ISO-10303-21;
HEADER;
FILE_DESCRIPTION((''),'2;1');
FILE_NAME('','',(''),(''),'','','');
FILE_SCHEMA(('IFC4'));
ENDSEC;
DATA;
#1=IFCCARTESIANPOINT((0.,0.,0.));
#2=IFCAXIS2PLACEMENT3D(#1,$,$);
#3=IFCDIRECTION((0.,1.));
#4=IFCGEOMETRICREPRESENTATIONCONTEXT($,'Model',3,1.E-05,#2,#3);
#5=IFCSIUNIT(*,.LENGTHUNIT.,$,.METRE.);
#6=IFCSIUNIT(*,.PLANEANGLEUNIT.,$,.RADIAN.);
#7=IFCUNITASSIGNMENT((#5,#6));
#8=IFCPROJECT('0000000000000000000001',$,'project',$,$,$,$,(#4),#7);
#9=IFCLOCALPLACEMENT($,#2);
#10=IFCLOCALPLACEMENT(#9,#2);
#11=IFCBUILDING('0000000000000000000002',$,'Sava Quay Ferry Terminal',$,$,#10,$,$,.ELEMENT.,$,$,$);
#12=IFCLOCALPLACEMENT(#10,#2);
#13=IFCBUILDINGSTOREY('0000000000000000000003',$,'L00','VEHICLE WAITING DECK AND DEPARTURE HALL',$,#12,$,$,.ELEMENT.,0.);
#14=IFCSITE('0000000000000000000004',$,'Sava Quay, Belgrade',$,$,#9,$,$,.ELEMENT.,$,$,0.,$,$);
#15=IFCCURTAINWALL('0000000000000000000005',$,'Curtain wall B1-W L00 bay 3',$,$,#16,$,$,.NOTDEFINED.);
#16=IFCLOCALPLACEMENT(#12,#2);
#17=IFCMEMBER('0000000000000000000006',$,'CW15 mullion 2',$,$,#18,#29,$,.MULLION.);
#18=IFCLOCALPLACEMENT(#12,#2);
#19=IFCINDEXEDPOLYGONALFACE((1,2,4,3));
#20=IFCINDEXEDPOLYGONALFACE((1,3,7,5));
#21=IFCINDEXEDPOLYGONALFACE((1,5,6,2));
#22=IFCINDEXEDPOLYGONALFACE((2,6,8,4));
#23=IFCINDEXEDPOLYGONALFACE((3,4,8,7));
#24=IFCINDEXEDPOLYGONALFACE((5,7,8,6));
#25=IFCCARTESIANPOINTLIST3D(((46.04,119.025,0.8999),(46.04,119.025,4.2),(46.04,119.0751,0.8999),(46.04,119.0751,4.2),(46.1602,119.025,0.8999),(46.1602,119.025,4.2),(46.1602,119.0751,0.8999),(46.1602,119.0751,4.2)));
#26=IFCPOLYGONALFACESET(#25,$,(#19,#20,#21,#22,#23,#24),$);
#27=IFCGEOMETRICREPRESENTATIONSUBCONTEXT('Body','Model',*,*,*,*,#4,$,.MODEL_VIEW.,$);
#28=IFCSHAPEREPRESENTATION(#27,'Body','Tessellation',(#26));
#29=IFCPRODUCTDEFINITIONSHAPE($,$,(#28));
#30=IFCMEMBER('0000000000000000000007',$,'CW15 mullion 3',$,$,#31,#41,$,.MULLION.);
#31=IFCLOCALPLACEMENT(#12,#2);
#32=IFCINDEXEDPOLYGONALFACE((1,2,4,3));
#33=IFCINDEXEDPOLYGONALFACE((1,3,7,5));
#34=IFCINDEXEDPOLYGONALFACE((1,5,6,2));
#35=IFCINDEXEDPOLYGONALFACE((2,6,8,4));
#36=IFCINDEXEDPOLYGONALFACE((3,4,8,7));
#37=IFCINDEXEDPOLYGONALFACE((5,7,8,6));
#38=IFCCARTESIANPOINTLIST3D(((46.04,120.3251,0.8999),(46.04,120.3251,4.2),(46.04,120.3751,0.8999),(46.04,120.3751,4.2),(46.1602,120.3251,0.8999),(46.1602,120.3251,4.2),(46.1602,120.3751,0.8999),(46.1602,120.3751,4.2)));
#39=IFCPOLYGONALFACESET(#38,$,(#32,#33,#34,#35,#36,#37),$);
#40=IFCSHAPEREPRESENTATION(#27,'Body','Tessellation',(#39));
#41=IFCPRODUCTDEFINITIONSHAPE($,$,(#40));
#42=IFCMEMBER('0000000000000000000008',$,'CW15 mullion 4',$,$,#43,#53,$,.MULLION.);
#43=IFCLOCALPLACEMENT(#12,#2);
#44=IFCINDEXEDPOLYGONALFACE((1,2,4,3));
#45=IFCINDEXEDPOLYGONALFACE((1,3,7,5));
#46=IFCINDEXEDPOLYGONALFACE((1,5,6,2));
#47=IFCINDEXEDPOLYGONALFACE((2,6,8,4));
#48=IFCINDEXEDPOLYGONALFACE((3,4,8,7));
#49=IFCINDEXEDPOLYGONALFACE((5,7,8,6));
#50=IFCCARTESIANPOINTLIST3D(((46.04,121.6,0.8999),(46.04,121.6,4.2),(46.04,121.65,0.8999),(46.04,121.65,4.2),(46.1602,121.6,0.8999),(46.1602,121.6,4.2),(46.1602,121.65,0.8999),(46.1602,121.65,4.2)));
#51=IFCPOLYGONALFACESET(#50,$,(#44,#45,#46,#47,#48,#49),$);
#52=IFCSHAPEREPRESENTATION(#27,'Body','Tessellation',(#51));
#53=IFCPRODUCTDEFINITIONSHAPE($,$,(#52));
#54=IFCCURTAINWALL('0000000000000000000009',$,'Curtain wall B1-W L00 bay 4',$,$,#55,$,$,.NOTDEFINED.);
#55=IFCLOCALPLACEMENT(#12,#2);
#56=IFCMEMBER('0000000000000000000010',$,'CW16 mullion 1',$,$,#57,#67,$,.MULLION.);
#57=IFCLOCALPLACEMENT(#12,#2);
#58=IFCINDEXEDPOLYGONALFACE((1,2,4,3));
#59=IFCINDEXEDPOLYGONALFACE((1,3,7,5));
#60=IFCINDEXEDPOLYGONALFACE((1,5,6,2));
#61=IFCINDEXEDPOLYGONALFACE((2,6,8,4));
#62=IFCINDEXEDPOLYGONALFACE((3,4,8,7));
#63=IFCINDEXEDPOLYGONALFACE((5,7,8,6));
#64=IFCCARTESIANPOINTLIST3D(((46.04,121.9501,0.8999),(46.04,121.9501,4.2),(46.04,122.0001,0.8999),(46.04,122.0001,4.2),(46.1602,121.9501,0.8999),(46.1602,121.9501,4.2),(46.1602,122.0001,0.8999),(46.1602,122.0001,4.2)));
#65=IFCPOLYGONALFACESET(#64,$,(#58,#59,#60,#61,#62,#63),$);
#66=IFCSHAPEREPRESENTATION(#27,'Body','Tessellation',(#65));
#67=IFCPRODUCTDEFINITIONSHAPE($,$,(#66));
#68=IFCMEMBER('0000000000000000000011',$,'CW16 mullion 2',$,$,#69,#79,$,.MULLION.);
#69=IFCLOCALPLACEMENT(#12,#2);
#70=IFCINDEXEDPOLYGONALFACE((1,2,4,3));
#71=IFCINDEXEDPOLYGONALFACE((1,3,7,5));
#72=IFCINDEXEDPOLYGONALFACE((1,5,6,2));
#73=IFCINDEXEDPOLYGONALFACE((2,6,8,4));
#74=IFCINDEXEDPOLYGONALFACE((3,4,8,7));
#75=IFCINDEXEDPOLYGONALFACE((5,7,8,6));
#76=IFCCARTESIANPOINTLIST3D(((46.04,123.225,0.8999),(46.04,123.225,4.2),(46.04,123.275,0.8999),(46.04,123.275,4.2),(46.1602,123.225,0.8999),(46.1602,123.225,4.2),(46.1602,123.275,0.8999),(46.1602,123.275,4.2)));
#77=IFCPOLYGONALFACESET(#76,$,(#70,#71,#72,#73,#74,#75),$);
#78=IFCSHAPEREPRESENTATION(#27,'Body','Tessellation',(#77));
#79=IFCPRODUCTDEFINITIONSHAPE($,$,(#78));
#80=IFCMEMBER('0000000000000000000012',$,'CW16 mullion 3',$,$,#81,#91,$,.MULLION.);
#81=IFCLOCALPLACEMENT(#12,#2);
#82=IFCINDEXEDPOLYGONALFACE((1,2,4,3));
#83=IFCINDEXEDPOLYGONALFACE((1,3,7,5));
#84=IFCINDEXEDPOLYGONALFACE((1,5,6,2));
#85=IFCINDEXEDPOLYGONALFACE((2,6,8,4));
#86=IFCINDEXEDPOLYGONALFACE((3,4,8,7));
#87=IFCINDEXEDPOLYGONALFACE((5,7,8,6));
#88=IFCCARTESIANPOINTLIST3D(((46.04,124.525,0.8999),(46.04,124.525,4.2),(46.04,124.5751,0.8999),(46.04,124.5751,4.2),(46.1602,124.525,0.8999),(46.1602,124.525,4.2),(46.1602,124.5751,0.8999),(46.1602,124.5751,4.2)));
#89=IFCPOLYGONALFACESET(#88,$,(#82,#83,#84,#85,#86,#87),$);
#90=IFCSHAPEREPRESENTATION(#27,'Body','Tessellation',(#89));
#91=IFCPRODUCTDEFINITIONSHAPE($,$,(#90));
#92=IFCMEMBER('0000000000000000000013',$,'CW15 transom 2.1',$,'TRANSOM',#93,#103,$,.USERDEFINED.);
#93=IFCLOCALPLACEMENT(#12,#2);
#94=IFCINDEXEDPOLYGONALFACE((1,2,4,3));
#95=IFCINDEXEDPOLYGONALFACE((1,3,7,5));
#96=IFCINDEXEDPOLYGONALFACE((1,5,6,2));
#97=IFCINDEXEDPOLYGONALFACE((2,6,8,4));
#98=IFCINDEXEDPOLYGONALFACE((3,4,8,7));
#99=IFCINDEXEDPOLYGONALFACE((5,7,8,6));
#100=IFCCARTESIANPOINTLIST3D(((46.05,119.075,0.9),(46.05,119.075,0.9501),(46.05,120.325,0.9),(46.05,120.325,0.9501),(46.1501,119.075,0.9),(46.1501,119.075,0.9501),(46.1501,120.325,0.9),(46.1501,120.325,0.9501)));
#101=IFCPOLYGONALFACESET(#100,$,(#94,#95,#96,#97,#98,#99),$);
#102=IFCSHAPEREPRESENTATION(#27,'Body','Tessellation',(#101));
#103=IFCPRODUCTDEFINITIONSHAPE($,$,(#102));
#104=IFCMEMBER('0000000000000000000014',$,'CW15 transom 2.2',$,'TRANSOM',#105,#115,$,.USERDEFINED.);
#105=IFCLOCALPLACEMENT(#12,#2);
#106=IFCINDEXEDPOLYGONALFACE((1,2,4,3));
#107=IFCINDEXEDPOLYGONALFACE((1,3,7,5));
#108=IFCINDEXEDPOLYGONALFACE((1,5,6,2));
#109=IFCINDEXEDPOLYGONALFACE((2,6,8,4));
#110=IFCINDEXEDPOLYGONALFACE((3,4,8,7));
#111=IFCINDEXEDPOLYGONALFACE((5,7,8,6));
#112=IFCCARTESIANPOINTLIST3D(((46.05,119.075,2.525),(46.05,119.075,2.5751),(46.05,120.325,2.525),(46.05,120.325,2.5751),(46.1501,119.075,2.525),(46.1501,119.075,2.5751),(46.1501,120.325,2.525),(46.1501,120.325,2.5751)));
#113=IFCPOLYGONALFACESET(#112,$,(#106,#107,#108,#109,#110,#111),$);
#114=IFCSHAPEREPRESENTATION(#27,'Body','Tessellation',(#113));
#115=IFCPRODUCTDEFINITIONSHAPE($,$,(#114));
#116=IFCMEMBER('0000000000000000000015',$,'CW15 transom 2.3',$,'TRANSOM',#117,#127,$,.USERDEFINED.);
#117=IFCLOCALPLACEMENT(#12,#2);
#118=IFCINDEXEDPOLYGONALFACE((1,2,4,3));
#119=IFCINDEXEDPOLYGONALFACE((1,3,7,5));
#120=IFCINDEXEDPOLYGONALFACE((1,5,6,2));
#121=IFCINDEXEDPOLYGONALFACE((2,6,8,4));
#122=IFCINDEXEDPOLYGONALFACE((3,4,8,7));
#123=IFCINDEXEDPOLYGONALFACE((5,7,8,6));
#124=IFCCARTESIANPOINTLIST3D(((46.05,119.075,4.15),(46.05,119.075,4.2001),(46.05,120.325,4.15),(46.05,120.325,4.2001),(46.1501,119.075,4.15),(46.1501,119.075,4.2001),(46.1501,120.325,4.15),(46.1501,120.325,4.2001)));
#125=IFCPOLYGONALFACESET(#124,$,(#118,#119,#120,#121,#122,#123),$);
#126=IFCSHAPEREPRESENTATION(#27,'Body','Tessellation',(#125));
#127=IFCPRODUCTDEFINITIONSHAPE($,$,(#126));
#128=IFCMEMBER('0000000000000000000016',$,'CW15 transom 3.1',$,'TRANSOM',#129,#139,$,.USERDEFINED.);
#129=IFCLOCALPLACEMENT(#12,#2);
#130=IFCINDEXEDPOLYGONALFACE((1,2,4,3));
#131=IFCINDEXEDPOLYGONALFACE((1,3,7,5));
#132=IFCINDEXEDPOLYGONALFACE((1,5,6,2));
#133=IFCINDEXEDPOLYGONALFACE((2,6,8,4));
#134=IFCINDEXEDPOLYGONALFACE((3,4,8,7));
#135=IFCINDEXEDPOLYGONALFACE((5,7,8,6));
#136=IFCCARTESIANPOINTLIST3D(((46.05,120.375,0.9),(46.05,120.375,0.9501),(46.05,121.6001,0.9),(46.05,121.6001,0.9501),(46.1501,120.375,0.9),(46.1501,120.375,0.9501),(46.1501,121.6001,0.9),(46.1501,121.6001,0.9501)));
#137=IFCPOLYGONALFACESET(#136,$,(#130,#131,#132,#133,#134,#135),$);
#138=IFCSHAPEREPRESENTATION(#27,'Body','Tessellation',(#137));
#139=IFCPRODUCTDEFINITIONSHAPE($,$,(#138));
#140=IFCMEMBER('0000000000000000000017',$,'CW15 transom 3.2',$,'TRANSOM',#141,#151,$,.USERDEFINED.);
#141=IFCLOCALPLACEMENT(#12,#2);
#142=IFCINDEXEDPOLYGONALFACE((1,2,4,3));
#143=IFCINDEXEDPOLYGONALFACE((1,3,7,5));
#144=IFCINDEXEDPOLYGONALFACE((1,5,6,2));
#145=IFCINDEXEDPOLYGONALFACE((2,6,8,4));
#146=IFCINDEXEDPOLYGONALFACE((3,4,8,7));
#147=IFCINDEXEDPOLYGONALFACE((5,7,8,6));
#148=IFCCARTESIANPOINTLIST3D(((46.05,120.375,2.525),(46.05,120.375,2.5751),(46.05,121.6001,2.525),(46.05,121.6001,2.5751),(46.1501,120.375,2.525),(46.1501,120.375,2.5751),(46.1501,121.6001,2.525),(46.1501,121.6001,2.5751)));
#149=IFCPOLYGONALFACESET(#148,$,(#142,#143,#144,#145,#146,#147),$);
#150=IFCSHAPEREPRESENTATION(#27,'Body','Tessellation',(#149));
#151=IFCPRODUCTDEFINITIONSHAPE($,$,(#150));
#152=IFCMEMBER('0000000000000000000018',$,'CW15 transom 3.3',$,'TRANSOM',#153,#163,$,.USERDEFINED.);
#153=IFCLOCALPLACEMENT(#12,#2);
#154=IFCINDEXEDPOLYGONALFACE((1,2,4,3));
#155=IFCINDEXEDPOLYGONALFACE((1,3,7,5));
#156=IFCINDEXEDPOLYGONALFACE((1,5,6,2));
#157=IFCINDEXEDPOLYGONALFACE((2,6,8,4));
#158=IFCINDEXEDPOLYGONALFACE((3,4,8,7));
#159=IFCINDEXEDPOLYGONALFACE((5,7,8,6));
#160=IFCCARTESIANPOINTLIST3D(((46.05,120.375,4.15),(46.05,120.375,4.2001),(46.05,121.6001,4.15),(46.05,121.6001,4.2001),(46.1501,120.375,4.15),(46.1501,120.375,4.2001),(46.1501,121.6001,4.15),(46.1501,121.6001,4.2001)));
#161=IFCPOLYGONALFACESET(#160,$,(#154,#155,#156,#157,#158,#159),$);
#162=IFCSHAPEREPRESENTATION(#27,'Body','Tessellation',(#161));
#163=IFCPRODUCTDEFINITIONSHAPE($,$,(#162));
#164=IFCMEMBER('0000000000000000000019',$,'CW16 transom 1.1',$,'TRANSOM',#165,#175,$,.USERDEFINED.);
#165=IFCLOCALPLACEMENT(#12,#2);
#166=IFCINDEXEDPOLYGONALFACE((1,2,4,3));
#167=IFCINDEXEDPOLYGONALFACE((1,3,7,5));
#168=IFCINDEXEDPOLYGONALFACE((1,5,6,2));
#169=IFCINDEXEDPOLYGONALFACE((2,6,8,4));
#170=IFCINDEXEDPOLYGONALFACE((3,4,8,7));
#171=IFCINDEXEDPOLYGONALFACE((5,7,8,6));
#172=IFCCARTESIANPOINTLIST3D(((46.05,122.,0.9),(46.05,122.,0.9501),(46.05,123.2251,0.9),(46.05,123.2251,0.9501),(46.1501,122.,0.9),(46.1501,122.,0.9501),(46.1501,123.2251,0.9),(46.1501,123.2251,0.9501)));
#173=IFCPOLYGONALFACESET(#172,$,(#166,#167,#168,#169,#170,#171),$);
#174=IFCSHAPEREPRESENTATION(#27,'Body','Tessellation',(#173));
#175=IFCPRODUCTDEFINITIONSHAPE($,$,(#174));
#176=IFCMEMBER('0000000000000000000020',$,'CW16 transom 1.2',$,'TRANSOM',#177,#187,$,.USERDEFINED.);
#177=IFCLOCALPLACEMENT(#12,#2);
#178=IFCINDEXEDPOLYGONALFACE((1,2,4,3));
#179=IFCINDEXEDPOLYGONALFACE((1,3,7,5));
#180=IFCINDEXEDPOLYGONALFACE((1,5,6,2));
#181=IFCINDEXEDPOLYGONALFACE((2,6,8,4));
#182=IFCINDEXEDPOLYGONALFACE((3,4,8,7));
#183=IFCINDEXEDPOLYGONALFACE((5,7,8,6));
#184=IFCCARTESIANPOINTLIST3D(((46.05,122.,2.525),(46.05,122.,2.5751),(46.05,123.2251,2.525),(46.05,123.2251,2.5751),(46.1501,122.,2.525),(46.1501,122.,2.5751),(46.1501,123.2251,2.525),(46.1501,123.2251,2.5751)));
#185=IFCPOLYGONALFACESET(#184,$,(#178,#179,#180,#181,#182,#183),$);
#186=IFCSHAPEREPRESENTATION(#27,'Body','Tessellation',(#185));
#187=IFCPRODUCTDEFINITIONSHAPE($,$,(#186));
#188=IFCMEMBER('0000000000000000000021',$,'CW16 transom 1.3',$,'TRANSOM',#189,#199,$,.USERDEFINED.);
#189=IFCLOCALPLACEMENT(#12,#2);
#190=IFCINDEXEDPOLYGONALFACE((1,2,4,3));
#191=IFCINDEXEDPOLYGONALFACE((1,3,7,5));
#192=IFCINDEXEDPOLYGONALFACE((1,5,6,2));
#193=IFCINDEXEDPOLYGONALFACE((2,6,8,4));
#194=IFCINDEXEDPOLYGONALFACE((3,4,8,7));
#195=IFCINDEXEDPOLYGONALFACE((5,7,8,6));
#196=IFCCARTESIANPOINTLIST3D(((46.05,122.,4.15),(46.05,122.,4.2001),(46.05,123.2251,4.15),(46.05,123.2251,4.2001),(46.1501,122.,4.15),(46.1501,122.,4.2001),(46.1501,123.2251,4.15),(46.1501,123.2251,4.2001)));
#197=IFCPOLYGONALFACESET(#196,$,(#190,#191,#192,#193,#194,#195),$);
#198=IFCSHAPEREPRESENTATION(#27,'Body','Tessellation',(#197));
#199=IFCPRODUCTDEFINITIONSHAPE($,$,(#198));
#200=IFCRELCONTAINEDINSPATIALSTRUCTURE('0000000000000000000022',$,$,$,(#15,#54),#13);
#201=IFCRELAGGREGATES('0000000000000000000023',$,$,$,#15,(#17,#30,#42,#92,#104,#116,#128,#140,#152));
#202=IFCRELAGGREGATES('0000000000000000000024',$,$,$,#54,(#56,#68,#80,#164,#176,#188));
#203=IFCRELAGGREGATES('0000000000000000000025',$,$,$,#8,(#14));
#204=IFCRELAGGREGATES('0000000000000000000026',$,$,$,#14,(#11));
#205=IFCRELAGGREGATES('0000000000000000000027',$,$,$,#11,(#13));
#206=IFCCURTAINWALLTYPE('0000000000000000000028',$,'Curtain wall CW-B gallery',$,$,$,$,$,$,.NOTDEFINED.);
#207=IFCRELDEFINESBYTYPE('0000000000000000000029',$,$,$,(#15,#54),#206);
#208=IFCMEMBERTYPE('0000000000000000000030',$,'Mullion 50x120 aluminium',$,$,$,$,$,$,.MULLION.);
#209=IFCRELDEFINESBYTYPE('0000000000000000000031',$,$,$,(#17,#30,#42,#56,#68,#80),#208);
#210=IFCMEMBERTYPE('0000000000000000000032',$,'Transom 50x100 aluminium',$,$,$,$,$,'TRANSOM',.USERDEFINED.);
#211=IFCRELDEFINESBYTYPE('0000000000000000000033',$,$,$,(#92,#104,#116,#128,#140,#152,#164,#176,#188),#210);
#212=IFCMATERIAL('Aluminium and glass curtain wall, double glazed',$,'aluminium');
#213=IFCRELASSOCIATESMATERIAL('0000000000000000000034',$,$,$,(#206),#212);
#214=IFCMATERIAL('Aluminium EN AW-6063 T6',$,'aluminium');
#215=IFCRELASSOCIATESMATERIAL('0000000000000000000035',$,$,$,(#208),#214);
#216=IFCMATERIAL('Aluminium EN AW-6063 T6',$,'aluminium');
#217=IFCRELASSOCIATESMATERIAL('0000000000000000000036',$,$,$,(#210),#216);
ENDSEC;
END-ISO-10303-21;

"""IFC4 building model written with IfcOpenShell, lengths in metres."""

from ifc_helpers import new_model, si_unit, direction, frame, origin, origin_2d, place, context, subcontext, project, spatial, rectangle, extrude, material, material_profile, profile_set, type_object, element, aggregate, save


model = new_model("IFC4")

# Units and contexts
model_context = context("Model", 3, precision=1e-05, world=origin(), true_north=direction((0.0, 1.0)))
body_context = subcontext(model_context, "Body", "Model", "MODEL_VIEW")
ifc_project = project(units=[si_unit("LENGTHUNIT", "METRE"), si_unit("PLANEANGLEUNIT", "RADIAN")], contexts=[model_context])

# Site, building, storey
site_placement = place(None, origin())
site = spatial("IfcSite", under=ifc_project, at=site_placement, Name="Sava Quay, Belgrade", CompositionType="ELEMENT", RefElevation=0.0)
building_placement = place(site_placement, origin())
building = spatial("IfcBuilding", under=site, at=building_placement, Name="Sava Quay Ferry Terminal", CompositionType="ELEMENT")
storey_placement = place(building_placement, origin())
storey = spatial("IfcBuildingStorey", under=building, at=storey_placement, Name="L00", Description="VEHICLE WAITING DECK AND DEPARTURE HALL", CompositionType="ELEMENT", Elevation=0.0)

# Curtain walls, members
ifc_material_1 = material(Name="Aluminium and glass curtain wall, double glazed", Category="aluminium")
curtain_wall_type = type_object("IfcCurtainWallType", Name="Curtain wall CW-B gallery", PredefinedType="NOTDEFINED", material=ifc_material_1)
curtain_wall_1_placement = place(storey_placement, origin())
curtain_wall_1 = element("IfcCurtainWall", 1, at=curtain_wall_1_placement, inside=storey, type_object=curtain_wall_type, Name="Curtain wall B1-W L00 bay 3", PredefinedType="NOTDEFINED")
ifc_material_2 = material(Name="Aluminium EN AW-6063 T6", Category="aluminium")
ifc_material_profile_1 = material_profile(ifc_material_2, rectangle(XDim=0.1201, YDim=0.05, at=origin_2d()), Name="Mullion 50x120 aluminium")
ifc_profile_set_1 = profile_set([ifc_material_profile_1], Name="Aluminium EN AW-6063 T6")
member_type_1 = type_object("IfcMemberType", Name="Mullion 50x120 aluminium", PredefinedType="MULLION", material=ifc_profile_set_1)
member_1_placement = place(storey_placement, frame((46.1001, 119.05, 0.8999), z_axis=(0.0, 0.0, 1.0), x_axis=(-1.0, 0.0, 0.0)))
member_1 = element("IfcMember", 2, at=member_1_placement, type_object=member_type_1, Name="CW15 mullion 2", PredefinedType="MULLION", context=body_context, shape_type="SweptSolid", body=[
    extrude(rectangle(XDim=0.1201, YDim=0.05, at=origin_2d()), origin(), (0.0, 0.0, 1.0), 3.3),
])
member_2_placement = place(storey_placement, frame((46.1001, 120.3501, 0.8999), z_axis=(0.0, 0.0, 1.0), x_axis=(-1.0, 0.0, 0.0)))
member_2 = element("IfcMember", 3, at=member_2_placement, type_object=member_type_1, Name="CW15 mullion 3", PredefinedType="MULLION", context=body_context, shape_type="SweptSolid", body=[
    extrude(rectangle(XDim=0.1201, YDim=0.05, at=origin_2d()), origin(), (0.0, 0.0, 1.0), 3.3),
])
member_3_placement = place(storey_placement, frame((46.1001, 121.625, 0.8999), z_axis=(0.0, 0.0, 1.0), x_axis=(-1.0, 0.0, 0.0)))
member_3 = element("IfcMember", 4, at=member_3_placement, type_object=member_type_1, Name="CW15 mullion 4", PredefinedType="MULLION", context=body_context, shape_type="SweptSolid", body=[
    extrude(rectangle(XDim=0.1201, YDim=0.05, at=origin_2d()), origin(), (0.0, 0.0, 1.0), 3.3),
])
curtain_wall_2_placement = place(storey_placement, origin())
curtain_wall_2 = element("IfcCurtainWall", 5, at=curtain_wall_2_placement, inside=storey, type_object=curtain_wall_type, Name="Curtain wall B1-W L00 bay 4", PredefinedType="NOTDEFINED")
member_4_placement = place(storey_placement, frame((46.1001, 121.9751, 0.8999), z_axis=(0.0, 0.0, 1.0), x_axis=(-1.0, 0.0, 0.0)))
member_4 = element("IfcMember", 6, at=member_4_placement, type_object=member_type_1, Name="CW16 mullion 1", PredefinedType="MULLION", context=body_context, shape_type="SweptSolid", body=[
    extrude(rectangle(XDim=0.1201, YDim=0.05, at=origin_2d()), origin(), (0.0, 0.0, 1.0), 3.3),
])
member_5_placement = place(storey_placement, frame((46.1001, 123.25, 0.8999), z_axis=(0.0, 0.0, 1.0), x_axis=(-1.0, 0.0, 0.0)))
member_5 = element("IfcMember", 7, at=member_5_placement, type_object=member_type_1, Name="CW16 mullion 2", PredefinedType="MULLION", context=body_context, shape_type="SweptSolid", body=[
    extrude(rectangle(XDim=0.1201, YDim=0.05, at=origin_2d()), origin(), (0.0, 0.0, 1.0), 3.3),
])
member_6_placement = place(storey_placement, frame((46.1001, 124.55, 0.8999), z_axis=(0.0, 0.0, 1.0), x_axis=(-1.0, 0.0, 0.0)))
member_6 = element("IfcMember", 8, at=member_6_placement, type_object=member_type_1, Name="CW16 mullion 3", PredefinedType="MULLION", context=body_context, shape_type="SweptSolid", body=[
    extrude(rectangle(XDim=0.1201, YDim=0.05, at=origin_2d()), origin(), (0.0, 0.0, 1.0), 3.3),
])

# Members
ifc_material_3 = material(Name="Aluminium EN AW-6063 T6", Category="aluminium")
ifc_material_profile_2 = material_profile(ifc_material_3, rectangle(XDim=0.1001, YDim=0.05, at=origin_2d()), Name="Transom 50x100 aluminium")
ifc_profile_set_2 = profile_set([ifc_material_profile_2], Name="Aluminium EN AW-6063 T6")
member_type_2 = type_object("IfcMemberType", Name="Transom 50x100 aluminium", ElementType="TRANSOM", PredefinedType="USERDEFINED", material=ifc_profile_set_2)
member_7_placement = place(storey_placement, frame((46.1001, 119.075, 0.925), z_axis=(0.0, 1.0, 0.0), x_axis=(-1.0, 0.0, 0.0)))
member_7 = element("IfcMember", 9, at=member_7_placement, type_object=member_type_2, Name="CW15 transom 2.1", ObjectType="TRANSOM", PredefinedType="USERDEFINED", context=body_context, shape_type="SweptSolid", body=[
    extrude(rectangle(XDim=0.1001, YDim=0.05, at=origin_2d()), origin(), (0.0, 0.0, 1.0), 1.25),
])
member_8_placement = place(storey_placement, frame((46.1001, 119.075, 2.55), z_axis=(0.0, 1.0, 0.0), x_axis=(-1.0, 0.0, 0.0)))
member_8 = element("IfcMember", 10, at=member_8_placement, type_object=member_type_2, Name="CW15 transom 2.2", ObjectType="TRANSOM", PredefinedType="USERDEFINED", context=body_context, shape_type="SweptSolid", body=[
    extrude(rectangle(XDim=0.1001, YDim=0.05, at=origin_2d()), origin(), (0.0, 0.0, 1.0), 1.25),
])
member_9_placement = place(storey_placement, frame((46.1001, 119.075, 4.175), z_axis=(0.0, 1.0, 0.0), x_axis=(-1.0, 0.0, 0.0)))
member_9 = element("IfcMember", 11, at=member_9_placement, type_object=member_type_2, Name="CW15 transom 2.3", ObjectType="TRANSOM", PredefinedType="USERDEFINED", context=body_context, shape_type="SweptSolid", body=[
    extrude(rectangle(XDim=0.1001, YDim=0.05, at=origin_2d()), origin(), (0.0, 0.0, 1.0), 1.25),
])
member_10_placement = place(storey_placement, frame((46.1001, 120.375, 0.925), z_axis=(0.0, 1.0, 0.0), x_axis=(-1.0, 0.0, 0.0)))
member_10 = element("IfcMember", 12, at=member_10_placement, type_object=member_type_2, Name="CW15 transom 3.1", ObjectType="TRANSOM", PredefinedType="USERDEFINED", context=body_context, shape_type="SweptSolid", body=[
    extrude(rectangle(XDim=0.1001, YDim=0.05, at=origin_2d()), origin(), (0.0, 0.0, 1.0), 1.2251),
])
member_11_placement = place(storey_placement, frame((46.1001, 120.375, 2.55), z_axis=(0.0, 1.0, 0.0), x_axis=(-1.0, 0.0, 0.0)))
member_11 = element("IfcMember", 13, at=member_11_placement, type_object=member_type_2, Name="CW15 transom 3.2", ObjectType="TRANSOM", PredefinedType="USERDEFINED", context=body_context, shape_type="SweptSolid", body=[
    extrude(rectangle(XDim=0.1001, YDim=0.05, at=origin_2d()), origin(), (0.0, 0.0, 1.0), 1.2251),
])
member_12_placement = place(storey_placement, frame((46.1001, 120.375, 4.175), z_axis=(0.0, 1.0, 0.0), x_axis=(-1.0, 0.0, 0.0)))
member_12 = element("IfcMember", 14, at=member_12_placement, type_object=member_type_2, Name="CW15 transom 3.3", ObjectType="TRANSOM", PredefinedType="USERDEFINED", context=body_context, shape_type="SweptSolid", body=[
    extrude(rectangle(XDim=0.1001, YDim=0.05, at=origin_2d()), origin(), (0.0, 0.0, 1.0), 1.2251),
])
member_13_placement = place(storey_placement, frame((46.1001, 122.0, 0.925), z_axis=(0.0, 1.0, 0.0), x_axis=(-1.0, 0.0, 0.0)))
member_13 = element("IfcMember", 15, at=member_13_placement, type_object=member_type_2, Name="CW16 transom 1.1", ObjectType="TRANSOM", PredefinedType="USERDEFINED", context=body_context, shape_type="SweptSolid", body=[
    extrude(rectangle(XDim=0.1001, YDim=0.05, at=origin_2d()), origin(), (0.0, 0.0, 1.0), 1.2251),
])
member_14_placement = place(storey_placement, frame((46.1001, 122.0, 2.55), z_axis=(0.0, 1.0, 0.0), x_axis=(-1.0, 0.0, 0.0)))
member_14 = element("IfcMember", 16, at=member_14_placement, type_object=member_type_2, Name="CW16 transom 1.2", ObjectType="TRANSOM", PredefinedType="USERDEFINED", context=body_context, shape_type="SweptSolid", body=[
    extrude(rectangle(XDim=0.1001, YDim=0.05, at=origin_2d()), origin(), (0.0, 0.0, 1.0), 1.2251),
])
member_15_placement = place(storey_placement, frame((46.1001, 122.0, 4.175), z_axis=(0.0, 1.0, 0.0), x_axis=(-1.0, 0.0, 0.0)))
member_15 = element("IfcMember", 17, at=member_15_placement, type_object=member_type_2, Name="CW16 transom 1.3", ObjectType="TRANSOM", PredefinedType="USERDEFINED", context=body_context, shape_type="SweptSolid", body=[
    extrude(rectangle(XDim=0.1001, YDim=0.05, at=origin_2d()), origin(), (0.0, 0.0, 1.0), 1.2251),
])

aggregate(curtain_wall_1, [member_1, member_2, member_3, member_7, member_8, member_9, member_10, member_11, member_12])
aggregate(curtain_wall_2, [member_4, member_5, member_6, member_13, member_14, member_15])

save(model, "model.ifc")
